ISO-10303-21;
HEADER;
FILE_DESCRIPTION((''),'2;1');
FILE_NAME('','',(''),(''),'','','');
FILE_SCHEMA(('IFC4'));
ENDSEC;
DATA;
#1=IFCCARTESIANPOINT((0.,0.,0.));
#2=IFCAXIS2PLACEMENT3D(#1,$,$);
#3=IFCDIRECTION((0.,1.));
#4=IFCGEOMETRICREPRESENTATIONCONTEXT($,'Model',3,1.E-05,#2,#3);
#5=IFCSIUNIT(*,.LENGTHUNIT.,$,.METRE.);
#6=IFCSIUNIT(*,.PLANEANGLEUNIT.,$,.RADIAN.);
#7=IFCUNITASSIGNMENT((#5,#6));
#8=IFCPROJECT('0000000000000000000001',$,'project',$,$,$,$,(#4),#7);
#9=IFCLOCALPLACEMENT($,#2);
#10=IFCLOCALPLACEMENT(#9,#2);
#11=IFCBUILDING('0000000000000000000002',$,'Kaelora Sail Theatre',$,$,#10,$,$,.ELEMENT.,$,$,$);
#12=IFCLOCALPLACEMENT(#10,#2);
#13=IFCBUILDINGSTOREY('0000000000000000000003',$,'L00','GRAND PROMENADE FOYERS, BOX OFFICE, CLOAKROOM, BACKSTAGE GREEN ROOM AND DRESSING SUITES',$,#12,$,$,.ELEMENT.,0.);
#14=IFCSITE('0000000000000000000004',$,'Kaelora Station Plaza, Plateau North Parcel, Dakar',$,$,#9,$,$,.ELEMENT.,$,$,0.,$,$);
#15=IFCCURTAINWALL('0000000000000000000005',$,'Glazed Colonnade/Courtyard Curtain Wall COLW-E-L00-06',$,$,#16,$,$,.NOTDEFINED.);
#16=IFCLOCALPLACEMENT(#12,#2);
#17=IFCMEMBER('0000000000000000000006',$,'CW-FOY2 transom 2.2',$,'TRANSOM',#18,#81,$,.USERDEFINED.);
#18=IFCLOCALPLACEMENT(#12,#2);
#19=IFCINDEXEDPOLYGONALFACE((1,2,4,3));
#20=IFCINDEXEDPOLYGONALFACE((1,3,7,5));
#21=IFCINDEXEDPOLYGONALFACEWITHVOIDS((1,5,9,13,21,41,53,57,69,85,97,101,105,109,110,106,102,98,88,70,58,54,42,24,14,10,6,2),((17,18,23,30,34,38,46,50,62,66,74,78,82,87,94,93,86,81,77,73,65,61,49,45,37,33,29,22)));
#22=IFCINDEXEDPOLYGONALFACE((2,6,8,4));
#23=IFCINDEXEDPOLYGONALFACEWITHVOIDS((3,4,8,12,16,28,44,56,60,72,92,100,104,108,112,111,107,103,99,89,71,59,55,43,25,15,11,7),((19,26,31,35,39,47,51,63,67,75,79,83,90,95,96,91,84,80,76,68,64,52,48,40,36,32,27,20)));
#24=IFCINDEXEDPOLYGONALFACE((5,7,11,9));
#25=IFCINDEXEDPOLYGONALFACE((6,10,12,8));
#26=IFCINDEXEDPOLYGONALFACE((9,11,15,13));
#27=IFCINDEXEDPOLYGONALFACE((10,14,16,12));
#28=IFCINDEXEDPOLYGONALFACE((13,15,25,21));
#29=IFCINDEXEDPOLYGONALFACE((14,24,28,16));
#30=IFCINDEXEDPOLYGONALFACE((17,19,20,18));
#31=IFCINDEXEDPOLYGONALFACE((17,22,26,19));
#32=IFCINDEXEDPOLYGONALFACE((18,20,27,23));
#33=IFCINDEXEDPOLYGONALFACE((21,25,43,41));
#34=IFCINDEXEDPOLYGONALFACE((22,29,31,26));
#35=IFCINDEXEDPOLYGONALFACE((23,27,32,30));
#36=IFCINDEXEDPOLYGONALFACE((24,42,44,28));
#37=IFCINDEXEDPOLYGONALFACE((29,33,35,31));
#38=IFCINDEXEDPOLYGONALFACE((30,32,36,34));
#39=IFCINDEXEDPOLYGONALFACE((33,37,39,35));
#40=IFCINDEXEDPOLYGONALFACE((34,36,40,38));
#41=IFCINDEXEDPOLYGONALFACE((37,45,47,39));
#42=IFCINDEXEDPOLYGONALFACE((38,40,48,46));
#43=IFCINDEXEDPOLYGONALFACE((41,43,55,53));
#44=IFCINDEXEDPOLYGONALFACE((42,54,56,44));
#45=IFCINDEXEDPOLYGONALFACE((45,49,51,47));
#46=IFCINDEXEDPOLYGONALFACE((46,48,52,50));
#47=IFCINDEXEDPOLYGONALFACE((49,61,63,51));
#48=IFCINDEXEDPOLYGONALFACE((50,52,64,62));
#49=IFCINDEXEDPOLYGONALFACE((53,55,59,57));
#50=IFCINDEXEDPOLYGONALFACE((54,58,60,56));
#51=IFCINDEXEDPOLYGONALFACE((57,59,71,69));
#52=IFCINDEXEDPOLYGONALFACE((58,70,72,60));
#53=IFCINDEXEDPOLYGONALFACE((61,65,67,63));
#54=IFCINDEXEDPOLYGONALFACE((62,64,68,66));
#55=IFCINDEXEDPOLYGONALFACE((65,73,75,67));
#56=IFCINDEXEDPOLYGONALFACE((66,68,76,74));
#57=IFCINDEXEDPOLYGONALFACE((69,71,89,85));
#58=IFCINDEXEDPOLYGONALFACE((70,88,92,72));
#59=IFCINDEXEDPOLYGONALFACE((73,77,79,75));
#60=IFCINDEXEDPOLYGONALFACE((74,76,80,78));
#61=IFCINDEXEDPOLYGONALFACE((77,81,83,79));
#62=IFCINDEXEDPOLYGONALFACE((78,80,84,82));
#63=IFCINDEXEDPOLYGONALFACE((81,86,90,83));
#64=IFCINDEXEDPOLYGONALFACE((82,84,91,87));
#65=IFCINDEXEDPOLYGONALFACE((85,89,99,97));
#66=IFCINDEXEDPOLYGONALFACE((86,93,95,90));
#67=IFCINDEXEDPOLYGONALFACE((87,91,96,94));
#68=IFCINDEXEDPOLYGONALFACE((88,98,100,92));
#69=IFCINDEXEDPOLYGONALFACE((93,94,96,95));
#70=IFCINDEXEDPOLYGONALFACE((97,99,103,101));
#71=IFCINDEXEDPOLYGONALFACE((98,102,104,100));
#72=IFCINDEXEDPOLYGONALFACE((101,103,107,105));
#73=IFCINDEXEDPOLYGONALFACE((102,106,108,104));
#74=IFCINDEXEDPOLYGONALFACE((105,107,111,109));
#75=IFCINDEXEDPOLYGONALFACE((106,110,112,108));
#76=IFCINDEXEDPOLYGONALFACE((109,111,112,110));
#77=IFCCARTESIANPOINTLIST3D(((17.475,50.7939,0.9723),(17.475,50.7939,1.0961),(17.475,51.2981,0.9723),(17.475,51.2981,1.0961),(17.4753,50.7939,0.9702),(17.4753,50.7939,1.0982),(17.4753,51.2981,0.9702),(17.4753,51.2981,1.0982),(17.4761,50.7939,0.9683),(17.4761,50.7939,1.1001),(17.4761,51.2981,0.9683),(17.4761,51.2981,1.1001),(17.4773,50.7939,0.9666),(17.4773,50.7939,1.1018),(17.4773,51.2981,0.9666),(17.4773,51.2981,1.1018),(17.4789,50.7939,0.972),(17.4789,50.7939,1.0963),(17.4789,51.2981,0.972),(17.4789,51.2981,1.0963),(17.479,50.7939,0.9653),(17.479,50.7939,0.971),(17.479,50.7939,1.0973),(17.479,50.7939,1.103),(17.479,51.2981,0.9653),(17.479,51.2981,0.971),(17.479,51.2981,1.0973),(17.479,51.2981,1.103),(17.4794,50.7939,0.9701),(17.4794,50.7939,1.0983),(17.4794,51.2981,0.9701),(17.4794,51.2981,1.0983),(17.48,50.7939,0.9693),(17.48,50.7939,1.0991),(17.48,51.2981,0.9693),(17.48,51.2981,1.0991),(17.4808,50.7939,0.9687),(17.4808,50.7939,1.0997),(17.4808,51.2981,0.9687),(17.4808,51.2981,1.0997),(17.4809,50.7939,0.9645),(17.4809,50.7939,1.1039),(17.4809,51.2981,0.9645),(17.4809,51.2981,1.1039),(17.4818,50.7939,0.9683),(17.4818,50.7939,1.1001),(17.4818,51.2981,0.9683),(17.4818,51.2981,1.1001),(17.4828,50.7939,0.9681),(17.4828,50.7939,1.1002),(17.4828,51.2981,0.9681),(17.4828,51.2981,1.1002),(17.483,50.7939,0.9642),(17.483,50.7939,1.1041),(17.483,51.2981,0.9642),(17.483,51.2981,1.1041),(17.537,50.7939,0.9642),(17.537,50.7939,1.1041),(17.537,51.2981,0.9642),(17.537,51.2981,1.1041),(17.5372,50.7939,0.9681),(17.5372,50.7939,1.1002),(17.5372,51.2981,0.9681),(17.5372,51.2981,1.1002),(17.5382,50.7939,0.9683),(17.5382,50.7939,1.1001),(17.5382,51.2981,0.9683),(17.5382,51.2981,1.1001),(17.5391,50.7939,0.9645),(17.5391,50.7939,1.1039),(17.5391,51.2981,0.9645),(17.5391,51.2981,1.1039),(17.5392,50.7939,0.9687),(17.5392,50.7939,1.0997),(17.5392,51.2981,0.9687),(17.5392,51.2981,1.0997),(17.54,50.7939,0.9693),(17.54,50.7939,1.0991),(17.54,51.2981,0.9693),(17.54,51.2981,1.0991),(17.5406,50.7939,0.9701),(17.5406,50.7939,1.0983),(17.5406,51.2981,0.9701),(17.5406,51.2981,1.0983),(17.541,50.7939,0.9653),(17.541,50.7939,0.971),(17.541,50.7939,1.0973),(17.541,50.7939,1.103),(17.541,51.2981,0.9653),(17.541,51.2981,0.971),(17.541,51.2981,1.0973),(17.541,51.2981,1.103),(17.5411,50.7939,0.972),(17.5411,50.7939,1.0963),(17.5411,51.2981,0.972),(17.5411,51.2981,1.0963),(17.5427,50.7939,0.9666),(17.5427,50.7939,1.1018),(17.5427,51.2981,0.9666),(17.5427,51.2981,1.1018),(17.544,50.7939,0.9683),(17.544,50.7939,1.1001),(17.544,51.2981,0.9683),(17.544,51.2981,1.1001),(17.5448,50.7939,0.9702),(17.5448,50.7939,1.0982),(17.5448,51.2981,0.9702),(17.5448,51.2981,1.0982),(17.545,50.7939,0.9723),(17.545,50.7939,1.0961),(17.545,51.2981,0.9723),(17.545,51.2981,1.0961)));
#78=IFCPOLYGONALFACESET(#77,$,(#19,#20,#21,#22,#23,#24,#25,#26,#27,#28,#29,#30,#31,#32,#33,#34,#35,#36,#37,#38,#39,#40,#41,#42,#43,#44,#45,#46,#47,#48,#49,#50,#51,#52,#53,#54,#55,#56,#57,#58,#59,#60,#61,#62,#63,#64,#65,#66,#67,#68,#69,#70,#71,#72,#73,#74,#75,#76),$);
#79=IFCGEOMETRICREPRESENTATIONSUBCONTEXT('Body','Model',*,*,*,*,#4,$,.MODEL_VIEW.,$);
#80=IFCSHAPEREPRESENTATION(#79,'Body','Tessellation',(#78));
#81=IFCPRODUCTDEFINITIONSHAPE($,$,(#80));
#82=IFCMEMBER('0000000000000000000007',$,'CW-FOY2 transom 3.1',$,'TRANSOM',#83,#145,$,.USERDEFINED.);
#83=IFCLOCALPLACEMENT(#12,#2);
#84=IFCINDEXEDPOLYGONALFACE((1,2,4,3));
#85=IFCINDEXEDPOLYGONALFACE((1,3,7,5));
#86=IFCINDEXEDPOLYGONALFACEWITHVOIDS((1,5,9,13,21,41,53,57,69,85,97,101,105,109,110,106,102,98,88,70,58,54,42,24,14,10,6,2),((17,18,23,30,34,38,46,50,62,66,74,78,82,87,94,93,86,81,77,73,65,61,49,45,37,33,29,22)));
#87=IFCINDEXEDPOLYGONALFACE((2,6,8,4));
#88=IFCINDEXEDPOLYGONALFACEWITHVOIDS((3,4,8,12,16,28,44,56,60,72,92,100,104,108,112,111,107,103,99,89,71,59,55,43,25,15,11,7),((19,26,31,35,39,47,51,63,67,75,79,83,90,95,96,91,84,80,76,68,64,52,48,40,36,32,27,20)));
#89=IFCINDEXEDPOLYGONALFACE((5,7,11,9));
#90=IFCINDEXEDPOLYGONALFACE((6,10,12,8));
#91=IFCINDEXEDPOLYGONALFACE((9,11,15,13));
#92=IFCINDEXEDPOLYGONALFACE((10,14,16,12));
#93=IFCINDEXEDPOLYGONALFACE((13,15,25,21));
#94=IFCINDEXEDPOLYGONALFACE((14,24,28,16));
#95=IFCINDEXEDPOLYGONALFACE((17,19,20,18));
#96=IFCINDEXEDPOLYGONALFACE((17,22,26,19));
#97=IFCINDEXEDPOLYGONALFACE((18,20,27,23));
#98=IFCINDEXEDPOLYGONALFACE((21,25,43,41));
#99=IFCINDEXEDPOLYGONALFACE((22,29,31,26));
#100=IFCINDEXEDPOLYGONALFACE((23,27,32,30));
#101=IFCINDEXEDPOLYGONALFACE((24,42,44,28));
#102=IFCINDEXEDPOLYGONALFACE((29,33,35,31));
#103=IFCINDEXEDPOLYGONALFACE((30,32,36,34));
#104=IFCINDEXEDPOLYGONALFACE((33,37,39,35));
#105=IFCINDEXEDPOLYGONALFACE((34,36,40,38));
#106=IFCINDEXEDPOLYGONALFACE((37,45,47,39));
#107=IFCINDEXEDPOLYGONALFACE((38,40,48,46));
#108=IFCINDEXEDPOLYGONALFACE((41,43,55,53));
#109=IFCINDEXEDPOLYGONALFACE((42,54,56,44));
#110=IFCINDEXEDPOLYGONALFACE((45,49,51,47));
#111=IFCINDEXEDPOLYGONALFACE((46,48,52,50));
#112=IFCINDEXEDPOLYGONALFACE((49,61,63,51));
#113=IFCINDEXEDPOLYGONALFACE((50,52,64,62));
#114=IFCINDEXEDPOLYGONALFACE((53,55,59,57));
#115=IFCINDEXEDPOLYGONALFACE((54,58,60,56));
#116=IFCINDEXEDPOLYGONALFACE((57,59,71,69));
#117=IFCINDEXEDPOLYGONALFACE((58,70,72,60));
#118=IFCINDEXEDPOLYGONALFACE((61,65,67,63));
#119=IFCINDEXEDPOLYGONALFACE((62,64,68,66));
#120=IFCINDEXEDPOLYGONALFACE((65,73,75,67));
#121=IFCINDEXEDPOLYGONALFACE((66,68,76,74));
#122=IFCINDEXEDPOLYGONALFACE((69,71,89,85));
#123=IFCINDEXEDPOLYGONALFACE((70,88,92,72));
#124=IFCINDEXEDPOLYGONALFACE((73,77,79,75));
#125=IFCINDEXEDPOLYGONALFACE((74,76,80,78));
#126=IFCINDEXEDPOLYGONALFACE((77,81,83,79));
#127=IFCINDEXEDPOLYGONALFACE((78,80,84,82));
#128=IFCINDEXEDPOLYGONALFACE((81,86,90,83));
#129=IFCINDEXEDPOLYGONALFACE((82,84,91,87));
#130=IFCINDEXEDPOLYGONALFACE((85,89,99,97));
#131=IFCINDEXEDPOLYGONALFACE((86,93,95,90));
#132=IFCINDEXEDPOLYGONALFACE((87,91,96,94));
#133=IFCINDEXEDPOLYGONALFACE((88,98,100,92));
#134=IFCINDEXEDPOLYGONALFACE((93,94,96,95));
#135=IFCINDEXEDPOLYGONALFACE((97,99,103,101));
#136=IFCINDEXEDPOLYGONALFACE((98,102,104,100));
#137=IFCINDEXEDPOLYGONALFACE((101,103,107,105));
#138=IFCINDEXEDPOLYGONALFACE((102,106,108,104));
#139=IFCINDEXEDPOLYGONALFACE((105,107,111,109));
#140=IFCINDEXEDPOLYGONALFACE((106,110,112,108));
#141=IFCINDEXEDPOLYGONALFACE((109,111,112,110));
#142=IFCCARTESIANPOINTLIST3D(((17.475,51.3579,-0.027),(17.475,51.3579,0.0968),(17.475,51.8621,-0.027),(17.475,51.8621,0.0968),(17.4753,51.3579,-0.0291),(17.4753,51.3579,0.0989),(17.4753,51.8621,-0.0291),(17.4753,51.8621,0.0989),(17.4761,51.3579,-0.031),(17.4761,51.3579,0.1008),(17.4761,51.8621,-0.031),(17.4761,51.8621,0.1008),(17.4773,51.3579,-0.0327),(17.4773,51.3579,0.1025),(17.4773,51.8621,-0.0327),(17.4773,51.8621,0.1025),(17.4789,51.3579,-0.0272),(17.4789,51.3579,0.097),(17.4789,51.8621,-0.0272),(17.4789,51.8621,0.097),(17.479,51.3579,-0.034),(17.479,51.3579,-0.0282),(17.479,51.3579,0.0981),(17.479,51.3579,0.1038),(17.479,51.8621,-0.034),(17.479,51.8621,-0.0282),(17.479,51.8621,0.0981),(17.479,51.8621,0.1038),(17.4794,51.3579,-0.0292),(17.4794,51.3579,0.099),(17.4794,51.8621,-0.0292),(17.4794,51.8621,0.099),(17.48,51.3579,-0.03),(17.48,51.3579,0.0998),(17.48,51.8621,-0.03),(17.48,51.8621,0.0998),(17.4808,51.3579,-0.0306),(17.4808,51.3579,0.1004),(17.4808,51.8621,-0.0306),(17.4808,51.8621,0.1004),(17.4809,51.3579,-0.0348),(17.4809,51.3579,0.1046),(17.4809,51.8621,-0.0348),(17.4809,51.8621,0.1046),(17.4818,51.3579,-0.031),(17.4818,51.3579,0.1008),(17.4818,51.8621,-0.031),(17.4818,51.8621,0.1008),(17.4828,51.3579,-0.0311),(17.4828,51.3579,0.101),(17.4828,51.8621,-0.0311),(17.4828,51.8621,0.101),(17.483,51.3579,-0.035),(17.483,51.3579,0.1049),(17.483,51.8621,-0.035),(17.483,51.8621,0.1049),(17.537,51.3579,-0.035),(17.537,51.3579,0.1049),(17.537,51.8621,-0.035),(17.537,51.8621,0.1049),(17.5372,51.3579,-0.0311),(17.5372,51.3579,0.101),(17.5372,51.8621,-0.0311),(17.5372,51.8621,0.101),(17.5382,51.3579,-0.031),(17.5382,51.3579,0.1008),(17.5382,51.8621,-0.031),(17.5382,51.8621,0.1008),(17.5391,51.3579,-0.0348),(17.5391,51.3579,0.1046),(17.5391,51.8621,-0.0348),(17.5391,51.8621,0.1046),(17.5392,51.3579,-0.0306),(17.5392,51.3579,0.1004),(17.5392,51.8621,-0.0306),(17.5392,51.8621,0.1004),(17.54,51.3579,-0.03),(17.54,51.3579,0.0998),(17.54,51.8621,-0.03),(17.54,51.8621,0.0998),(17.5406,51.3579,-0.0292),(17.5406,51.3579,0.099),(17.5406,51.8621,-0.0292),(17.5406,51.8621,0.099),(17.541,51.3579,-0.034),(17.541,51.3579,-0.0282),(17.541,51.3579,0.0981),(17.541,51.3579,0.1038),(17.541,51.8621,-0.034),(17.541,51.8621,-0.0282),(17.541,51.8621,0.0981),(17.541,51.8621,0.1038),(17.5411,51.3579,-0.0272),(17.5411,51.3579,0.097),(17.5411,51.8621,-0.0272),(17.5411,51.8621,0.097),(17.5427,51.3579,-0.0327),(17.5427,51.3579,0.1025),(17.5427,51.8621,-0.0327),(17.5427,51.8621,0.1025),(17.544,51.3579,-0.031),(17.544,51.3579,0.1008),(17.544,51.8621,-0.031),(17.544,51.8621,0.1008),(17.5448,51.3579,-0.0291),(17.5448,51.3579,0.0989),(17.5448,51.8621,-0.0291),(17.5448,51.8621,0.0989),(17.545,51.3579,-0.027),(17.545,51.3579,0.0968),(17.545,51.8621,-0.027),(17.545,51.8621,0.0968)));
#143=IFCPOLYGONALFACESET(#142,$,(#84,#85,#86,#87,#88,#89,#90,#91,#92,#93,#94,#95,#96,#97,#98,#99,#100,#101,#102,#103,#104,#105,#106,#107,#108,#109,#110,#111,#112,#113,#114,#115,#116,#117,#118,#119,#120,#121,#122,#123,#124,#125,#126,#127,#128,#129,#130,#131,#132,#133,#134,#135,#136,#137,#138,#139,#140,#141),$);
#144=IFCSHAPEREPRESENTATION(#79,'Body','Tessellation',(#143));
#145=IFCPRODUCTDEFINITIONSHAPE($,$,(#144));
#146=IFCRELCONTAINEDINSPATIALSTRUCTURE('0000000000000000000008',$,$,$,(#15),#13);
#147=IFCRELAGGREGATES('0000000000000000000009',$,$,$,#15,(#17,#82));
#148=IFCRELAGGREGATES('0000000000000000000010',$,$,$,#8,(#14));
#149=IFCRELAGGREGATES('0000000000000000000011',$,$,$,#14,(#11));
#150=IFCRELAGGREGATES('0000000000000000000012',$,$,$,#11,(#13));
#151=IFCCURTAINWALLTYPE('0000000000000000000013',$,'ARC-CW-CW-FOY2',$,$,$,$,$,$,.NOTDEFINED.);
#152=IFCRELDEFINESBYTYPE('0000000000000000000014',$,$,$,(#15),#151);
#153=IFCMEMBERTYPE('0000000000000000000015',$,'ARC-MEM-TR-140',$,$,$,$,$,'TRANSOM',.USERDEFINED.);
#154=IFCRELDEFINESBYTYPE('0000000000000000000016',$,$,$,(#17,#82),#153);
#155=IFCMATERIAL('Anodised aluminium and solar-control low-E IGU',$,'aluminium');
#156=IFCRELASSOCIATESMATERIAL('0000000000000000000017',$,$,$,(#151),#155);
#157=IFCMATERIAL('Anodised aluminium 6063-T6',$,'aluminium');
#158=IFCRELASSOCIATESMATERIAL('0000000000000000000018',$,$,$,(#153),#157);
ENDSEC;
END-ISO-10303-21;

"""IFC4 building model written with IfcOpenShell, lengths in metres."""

from ifc_helpers import new_model, si_unit, direction, frame, origin, origin_2d, place, context, subcontext, project, spatial, hollow_rectangle, extrude, material, material_profile, profile_set, type_object, element, aggregate, save


model = new_model("IFC4")

# Units and contexts
model_context = context("Model", 3, precision=1e-05, world=origin(), true_north=direction((0.0, 1.0)))
body_context = subcontext(model_context, "Body", "Model", "MODEL_VIEW")
ifc_project = project(units=[si_unit("LENGTHUNIT", "METRE"), si_unit("PLANEANGLEUNIT", "RADIAN")], contexts=[model_context])

# Site, building, storey
site_placement = place(None, origin())
site = spatial("IfcSite", under=ifc_project, at=site_placement, Name="Kaelora Station Plaza, Plateau North Parcel, Dakar", CompositionType="ELEMENT", RefElevation=0.0)
building_placement = place(site_placement, origin())
building = spatial("IfcBuilding", under=site, at=building_placement, Name="Kaelora Sail Theatre", CompositionType="ELEMENT")
storey_placement = place(building_placement, origin())
storey = spatial("IfcBuildingStorey", under=building, at=storey_placement, Name="L00", Description="GRAND PROMENADE FOYERS, BOX OFFICE, CLOAKROOM, BACKSTAGE GREEN ROOM AND DRESSING SUITES", CompositionType="ELEMENT", Elevation=0.0)

# Curtain wall
ifc_material_1 = material(Name="Anodised aluminium and solar-control low-E IGU", Category="aluminium")
curtain_wall_type = type_object("IfcCurtainWallType", Name="ARC-CW-CW-FOY2", PredefinedType="NOTDEFINED", material=ifc_material_1)
curtain_wall_1_placement = place(storey_placement, origin())
curtain_wall_1 = element("IfcCurtainWall", 1, at=curtain_wall_1_placement, inside=storey, type_object=curtain_wall_type, Name="Glazed Colonnade/Courtyard Curtain Wall COLW-E-L00-06", PredefinedType="NOTDEFINED")

# Members
ifc_material_2 = material(Name="Anodised aluminium 6063-T6", Category="aluminium")
ifc_material_profile_1 = material_profile(ifc_material_2, hollow_rectangle(XDim=0.0701, YDim=0.1399, WallThickness=0.0039, InnerFilletRadius=0.0039, OuterFilletRadius=0.0081, at=origin_2d()), Name="ALU-TRAN 70x140x4")
ifc_profile_set_1 = profile_set([ifc_material_profile_1], Name="Anodised aluminium 6063-T6")
member_type_1 = type_object("IfcMemberType", Name="ARC-MEM-TR-140", ElementType="TRANSOM", PredefinedType="USERDEFINED", material=ifc_profile_set_1)
member_1_placement = place(storey_placement, frame((17.51, 50.7939, 1.0342), z_axis=(0.0, 1.0, 0.0), x_axis=(-1.0, 0.0, 0.0)))
member_1 = element("IfcMember", 2, at=member_1_placement, type_object=member_type_1, Name="CW-FOY2 transom 2.2", ObjectType="TRANSOM", PredefinedType="USERDEFINED", context=body_context, shape_type="SweptSolid", body=[
    extrude(hollow_rectangle(XDim=0.0701, YDim=0.1399, WallThickness=0.0039, InnerFilletRadius=0.0039, OuterFilletRadius=0.0081, at=origin_2d()), origin(), (0.0, 0.0, 1.0), 0.5042),
])
member_2_placement = place(storey_placement, frame((17.51, 51.3579, 0.0349), z_axis=(0.0, 1.0, 0.0), x_axis=(-1.0, 0.0, 0.0)))
member_2 = element("IfcMember", 3, at=member_2_placement, type_object=member_type_1, Name="CW-FOY2 transom 3.1", ObjectType="TRANSOM", PredefinedType="USERDEFINED", context=body_context, shape_type="SweptSolid", body=[
    extrude(hollow_rectangle(XDim=0.0701, YDim=0.1399, WallThickness=0.0039, InnerFilletRadius=0.0039, OuterFilletRadius=0.0081, at=origin_2d()), origin(), (0.0, 0.0, 1.0), 0.5042),
])

aggregate(curtain_wall_1, [member_1, member_2])

save(model, "model.ifc")
